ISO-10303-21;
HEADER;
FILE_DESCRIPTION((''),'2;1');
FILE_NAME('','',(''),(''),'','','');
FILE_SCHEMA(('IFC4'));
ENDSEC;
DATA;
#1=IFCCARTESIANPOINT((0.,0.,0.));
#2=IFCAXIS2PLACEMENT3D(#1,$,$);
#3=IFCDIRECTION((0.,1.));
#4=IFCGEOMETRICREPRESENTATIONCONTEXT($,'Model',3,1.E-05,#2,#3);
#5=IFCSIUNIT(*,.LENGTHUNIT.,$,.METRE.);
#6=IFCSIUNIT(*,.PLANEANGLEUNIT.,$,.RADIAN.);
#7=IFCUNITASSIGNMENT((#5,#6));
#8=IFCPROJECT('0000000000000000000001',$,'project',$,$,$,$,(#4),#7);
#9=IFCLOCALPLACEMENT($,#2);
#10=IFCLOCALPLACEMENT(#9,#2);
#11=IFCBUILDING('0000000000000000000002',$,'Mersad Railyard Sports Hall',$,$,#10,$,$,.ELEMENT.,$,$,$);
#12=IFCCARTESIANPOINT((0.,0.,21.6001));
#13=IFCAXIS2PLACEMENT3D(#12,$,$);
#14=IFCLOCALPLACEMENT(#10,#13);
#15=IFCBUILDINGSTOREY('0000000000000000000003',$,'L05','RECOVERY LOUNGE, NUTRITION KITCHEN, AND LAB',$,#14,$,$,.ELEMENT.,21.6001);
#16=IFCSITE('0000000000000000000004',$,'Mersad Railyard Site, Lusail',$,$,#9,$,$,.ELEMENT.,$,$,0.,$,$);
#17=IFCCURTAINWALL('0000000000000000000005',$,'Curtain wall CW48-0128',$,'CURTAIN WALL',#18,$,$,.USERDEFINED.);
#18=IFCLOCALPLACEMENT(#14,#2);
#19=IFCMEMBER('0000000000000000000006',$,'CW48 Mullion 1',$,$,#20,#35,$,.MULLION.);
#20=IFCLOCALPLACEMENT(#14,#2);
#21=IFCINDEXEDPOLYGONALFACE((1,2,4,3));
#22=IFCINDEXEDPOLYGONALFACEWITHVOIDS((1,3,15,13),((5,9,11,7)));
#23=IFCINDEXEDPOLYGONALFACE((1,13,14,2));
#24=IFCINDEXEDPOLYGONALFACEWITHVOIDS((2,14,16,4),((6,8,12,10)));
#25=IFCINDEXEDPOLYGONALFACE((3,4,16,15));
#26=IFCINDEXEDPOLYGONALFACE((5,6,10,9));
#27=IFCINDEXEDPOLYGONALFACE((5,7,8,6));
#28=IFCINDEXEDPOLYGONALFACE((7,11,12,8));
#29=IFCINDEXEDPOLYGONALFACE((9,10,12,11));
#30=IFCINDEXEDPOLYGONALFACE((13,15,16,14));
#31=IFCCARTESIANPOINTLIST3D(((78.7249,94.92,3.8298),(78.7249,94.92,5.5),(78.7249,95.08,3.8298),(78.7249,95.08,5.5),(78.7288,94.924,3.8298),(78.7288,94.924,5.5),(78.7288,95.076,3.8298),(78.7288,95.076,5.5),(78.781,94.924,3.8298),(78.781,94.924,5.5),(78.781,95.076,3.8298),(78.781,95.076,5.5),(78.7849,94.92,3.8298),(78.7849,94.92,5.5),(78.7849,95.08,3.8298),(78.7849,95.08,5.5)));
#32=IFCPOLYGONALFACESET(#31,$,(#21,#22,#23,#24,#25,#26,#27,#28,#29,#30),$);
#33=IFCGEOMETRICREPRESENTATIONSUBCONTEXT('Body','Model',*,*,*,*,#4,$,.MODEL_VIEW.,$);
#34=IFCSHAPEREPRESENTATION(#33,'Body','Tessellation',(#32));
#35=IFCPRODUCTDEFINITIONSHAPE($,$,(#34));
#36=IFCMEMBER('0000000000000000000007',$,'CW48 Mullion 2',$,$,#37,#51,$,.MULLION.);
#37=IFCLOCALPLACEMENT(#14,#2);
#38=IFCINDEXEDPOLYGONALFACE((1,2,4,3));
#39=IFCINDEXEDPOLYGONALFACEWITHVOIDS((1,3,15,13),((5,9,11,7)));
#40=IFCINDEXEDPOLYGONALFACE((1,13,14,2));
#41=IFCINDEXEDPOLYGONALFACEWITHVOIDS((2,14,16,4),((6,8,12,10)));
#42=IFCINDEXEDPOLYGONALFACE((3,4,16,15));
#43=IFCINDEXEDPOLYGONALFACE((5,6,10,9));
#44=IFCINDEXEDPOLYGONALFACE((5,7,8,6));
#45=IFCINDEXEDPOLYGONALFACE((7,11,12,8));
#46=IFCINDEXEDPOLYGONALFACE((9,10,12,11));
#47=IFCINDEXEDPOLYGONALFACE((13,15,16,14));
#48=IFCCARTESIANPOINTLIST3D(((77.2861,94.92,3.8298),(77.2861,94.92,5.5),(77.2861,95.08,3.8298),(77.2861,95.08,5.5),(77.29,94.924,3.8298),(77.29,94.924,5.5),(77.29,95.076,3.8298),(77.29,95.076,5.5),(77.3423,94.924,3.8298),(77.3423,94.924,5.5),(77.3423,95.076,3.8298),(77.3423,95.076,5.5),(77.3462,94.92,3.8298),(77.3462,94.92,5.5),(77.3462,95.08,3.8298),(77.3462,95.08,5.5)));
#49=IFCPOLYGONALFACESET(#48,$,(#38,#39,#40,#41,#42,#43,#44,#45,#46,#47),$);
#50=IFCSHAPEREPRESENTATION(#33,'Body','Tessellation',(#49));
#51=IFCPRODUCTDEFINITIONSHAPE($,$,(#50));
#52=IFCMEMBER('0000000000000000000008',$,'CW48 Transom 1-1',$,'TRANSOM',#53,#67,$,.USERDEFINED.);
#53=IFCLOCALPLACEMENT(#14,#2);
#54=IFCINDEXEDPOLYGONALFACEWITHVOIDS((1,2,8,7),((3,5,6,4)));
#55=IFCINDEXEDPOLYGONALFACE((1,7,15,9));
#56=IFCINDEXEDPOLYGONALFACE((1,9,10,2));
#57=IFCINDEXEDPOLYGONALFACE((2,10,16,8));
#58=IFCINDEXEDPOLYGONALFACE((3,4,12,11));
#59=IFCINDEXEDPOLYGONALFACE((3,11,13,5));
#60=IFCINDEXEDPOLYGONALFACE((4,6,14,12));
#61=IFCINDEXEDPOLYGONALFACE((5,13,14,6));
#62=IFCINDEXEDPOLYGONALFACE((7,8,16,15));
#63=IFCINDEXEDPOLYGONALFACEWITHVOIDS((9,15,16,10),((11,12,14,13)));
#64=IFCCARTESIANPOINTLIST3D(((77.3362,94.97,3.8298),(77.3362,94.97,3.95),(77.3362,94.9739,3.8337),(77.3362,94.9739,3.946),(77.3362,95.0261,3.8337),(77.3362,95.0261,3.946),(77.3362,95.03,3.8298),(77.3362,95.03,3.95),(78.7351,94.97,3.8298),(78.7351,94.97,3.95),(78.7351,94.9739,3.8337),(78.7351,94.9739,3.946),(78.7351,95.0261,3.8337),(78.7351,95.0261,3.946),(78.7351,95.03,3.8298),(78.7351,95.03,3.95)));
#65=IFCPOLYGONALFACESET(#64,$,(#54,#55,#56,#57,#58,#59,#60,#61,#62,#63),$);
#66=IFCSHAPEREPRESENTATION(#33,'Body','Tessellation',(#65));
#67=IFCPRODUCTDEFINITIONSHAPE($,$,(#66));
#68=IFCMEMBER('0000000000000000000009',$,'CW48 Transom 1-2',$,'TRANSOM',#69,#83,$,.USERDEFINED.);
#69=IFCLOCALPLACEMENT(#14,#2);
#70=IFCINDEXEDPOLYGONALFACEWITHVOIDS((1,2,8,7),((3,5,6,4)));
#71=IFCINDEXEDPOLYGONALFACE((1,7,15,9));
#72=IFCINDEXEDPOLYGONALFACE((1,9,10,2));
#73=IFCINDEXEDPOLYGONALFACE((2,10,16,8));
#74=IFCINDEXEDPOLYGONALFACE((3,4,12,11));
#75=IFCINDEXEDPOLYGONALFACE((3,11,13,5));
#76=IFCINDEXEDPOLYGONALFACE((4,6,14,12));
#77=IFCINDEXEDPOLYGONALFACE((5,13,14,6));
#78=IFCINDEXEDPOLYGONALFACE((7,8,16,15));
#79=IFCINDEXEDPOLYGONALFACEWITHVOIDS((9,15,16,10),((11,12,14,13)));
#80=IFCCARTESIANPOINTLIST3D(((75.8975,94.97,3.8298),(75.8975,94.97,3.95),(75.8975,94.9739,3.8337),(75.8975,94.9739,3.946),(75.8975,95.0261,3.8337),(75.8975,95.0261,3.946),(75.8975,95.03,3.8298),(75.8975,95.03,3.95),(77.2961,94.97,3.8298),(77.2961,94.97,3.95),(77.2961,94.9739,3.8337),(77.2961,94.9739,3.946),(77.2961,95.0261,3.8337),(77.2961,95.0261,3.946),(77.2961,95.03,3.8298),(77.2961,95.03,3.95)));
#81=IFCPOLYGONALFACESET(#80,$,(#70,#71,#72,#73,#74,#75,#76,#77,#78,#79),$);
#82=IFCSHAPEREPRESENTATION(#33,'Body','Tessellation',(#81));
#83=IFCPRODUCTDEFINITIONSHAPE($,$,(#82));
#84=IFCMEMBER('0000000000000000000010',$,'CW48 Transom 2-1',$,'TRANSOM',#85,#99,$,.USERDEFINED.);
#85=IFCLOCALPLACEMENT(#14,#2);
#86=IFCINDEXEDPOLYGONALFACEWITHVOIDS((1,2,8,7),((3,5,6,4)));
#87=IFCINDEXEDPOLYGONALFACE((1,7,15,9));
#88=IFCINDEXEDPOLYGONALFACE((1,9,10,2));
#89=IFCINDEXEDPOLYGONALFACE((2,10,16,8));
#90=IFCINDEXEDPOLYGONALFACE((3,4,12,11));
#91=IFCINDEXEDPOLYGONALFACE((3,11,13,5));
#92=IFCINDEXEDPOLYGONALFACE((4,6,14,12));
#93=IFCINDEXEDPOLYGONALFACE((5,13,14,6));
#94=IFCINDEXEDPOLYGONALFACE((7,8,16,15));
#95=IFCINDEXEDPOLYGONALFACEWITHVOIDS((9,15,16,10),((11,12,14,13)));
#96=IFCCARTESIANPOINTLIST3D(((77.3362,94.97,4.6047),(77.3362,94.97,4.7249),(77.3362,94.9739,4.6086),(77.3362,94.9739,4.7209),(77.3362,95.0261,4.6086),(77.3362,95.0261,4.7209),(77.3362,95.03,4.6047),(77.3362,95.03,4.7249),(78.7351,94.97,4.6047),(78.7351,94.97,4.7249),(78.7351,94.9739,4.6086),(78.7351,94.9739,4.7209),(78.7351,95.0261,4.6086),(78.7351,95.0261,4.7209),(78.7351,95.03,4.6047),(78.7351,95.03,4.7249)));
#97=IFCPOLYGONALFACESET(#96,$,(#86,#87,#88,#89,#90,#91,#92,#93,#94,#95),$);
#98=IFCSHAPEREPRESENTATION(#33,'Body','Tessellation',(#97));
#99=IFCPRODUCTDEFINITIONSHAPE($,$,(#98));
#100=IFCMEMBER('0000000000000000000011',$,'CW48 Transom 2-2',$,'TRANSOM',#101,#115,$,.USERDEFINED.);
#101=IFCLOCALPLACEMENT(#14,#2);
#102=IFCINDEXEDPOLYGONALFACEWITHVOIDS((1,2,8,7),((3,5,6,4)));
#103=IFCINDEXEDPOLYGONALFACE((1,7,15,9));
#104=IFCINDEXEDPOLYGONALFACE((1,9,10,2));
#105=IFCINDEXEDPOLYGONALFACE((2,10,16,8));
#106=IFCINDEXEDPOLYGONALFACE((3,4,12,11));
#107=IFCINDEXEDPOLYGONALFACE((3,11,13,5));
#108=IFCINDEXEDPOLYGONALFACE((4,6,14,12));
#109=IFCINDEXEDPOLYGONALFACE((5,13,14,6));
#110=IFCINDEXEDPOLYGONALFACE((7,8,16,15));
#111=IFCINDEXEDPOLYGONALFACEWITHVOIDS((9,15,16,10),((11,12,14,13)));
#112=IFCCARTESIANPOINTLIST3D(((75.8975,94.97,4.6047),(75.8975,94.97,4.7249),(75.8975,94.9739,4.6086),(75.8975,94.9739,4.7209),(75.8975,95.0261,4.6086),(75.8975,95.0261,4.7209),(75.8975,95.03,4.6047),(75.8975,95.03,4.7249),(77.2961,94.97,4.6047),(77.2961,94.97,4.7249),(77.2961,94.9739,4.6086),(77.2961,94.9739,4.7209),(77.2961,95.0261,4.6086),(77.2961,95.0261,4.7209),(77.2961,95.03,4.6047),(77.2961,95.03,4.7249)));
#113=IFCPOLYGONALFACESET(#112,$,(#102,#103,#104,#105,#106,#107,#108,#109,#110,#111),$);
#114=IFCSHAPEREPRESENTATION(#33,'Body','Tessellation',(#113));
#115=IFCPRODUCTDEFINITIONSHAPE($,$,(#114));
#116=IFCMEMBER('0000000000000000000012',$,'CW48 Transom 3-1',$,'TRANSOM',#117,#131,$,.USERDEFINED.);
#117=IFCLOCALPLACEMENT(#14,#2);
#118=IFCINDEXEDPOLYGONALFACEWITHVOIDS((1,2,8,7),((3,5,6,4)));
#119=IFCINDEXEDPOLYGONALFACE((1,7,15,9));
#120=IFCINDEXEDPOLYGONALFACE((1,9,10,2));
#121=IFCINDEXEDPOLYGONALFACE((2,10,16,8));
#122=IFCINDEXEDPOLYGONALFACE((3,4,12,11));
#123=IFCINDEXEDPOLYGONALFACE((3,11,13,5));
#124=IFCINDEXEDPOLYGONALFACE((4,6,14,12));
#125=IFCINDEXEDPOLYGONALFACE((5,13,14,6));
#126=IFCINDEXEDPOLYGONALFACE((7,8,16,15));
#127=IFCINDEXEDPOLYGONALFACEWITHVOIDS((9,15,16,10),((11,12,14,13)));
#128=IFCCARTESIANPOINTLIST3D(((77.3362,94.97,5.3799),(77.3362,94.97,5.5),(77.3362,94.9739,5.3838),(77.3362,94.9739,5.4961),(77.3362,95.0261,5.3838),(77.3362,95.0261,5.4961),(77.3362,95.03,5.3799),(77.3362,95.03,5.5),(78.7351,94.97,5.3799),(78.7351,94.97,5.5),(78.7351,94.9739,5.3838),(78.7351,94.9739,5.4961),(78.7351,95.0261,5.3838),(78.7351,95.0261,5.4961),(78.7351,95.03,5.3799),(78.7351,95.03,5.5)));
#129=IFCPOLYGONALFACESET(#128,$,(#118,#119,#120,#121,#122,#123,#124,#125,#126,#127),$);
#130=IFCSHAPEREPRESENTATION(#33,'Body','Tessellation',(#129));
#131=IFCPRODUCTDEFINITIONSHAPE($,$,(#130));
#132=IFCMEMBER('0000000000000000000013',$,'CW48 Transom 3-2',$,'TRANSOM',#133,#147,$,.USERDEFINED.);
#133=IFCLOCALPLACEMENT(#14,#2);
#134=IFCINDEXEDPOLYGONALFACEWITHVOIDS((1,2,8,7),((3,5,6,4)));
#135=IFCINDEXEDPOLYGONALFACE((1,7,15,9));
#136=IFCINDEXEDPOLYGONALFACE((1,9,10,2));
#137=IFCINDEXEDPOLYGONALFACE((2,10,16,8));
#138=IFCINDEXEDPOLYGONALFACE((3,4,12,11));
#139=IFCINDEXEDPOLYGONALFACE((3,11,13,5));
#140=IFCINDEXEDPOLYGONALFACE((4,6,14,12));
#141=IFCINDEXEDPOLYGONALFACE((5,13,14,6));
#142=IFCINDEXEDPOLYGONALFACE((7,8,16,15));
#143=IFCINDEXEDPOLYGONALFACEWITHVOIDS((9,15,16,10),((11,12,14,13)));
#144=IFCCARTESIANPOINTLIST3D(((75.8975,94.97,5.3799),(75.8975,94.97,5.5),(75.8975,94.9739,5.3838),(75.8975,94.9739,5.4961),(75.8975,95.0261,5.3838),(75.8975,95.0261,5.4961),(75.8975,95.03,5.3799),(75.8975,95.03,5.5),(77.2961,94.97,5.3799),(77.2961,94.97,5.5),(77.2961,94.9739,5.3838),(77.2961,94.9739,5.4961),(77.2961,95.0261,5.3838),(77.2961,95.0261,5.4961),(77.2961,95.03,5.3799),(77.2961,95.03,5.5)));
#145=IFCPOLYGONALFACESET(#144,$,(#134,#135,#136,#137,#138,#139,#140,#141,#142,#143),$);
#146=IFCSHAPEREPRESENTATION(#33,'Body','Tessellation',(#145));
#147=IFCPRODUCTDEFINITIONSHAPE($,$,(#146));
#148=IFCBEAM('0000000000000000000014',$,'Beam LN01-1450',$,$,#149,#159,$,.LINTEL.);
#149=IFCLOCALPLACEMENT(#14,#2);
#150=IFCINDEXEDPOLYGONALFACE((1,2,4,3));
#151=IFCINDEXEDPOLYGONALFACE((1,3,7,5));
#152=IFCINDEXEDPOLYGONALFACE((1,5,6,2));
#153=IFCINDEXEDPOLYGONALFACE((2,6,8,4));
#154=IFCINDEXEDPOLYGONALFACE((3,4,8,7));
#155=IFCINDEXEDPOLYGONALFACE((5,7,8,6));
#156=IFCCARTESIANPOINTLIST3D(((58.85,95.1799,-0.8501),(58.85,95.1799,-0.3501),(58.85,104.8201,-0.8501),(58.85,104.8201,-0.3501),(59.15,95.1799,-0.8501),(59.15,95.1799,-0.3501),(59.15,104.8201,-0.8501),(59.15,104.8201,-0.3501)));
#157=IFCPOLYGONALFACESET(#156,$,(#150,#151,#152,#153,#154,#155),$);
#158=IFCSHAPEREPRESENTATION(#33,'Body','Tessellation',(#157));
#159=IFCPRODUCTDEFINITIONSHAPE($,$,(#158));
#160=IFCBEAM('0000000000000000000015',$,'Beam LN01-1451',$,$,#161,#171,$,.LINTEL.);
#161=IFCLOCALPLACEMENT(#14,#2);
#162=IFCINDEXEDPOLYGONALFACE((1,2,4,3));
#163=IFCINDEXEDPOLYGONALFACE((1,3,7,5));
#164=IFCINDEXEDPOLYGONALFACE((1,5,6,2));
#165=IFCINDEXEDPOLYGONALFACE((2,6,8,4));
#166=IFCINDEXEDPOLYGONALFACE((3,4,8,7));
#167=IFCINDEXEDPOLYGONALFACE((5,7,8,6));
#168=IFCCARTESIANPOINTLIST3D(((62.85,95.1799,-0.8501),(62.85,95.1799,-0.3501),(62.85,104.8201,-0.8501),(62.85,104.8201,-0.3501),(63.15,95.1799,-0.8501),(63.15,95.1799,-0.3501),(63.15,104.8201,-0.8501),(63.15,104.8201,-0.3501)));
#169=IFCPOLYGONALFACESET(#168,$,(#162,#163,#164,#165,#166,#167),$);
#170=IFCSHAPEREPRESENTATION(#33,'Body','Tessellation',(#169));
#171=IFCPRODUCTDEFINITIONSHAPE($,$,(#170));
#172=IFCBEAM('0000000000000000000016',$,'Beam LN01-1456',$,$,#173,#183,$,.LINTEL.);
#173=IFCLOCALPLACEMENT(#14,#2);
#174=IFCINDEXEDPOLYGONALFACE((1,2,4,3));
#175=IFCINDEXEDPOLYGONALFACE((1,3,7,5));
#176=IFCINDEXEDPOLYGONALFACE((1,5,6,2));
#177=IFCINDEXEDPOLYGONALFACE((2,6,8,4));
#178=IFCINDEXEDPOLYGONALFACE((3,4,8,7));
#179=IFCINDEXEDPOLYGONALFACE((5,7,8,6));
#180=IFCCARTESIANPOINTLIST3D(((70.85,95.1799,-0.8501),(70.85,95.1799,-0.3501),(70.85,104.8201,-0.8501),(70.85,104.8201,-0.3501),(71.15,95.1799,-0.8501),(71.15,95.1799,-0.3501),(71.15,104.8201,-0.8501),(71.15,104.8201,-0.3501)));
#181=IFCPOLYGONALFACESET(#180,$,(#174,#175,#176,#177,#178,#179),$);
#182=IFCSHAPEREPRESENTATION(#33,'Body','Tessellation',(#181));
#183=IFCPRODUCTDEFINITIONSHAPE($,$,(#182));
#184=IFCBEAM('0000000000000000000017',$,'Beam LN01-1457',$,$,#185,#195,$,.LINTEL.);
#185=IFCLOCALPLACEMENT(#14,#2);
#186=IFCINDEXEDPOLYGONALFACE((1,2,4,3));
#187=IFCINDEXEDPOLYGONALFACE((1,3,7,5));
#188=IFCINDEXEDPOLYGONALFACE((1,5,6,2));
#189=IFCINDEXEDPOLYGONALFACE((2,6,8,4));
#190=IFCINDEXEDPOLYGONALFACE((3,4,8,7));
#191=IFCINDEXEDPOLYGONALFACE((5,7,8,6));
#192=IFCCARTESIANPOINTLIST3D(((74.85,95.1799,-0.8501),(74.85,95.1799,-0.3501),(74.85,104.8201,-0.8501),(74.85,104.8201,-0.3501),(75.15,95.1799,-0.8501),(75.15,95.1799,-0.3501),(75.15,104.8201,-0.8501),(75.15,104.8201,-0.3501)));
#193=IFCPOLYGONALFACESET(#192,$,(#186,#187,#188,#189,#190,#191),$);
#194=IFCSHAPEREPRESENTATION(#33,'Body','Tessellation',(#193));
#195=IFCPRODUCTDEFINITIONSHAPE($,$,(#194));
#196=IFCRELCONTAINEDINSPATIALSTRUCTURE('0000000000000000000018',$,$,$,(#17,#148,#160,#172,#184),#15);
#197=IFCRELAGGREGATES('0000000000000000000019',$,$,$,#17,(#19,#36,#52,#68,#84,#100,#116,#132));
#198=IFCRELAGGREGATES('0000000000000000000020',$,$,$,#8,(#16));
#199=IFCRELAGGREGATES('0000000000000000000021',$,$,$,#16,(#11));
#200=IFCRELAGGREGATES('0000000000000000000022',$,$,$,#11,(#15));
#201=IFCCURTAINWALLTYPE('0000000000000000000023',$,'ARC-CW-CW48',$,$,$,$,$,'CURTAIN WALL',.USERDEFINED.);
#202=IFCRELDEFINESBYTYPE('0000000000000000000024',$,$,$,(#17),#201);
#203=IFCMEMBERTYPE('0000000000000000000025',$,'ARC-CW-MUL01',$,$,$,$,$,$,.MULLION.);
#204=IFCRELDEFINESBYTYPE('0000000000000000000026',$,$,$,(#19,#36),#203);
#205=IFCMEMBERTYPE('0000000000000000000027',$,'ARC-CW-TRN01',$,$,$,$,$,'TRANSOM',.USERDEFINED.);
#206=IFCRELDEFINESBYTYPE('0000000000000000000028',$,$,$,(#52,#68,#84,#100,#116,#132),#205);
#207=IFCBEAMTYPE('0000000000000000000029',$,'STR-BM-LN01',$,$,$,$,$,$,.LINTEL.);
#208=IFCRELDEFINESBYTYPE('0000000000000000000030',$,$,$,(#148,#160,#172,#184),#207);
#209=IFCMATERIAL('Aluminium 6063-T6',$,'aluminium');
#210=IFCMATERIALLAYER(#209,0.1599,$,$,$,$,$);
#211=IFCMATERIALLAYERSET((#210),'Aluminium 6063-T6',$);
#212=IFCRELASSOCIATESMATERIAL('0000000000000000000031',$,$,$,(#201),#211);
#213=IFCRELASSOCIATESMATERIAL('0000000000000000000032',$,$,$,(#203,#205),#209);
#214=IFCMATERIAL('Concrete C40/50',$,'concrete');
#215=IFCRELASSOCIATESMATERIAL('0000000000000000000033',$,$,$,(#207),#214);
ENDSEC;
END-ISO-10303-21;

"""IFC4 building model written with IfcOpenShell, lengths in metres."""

from ifc_helpers import new_model, si_unit, direction, frame, origin, origin_2d, place, context, subcontext, project, spatial, rectangle, hollow_rectangle, extrude, material, layer, layer_set, material_profile, profile_set, type_object, element, aggregate, save


model = new_model("IFC4")

# Units and contexts
model_context = context("Model", 3, precision=1e-05, world=origin(), true_north=direction((0.0, 1.0)))
body_context = subcontext(model_context, "Body", "Model", "MODEL_VIEW")
ifc_project = project(units=[si_unit("LENGTHUNIT", "METRE"), si_unit("PLANEANGLEUNIT", "RADIAN")], contexts=[model_context])

# Site, building, storey
site_placement = place(None, origin())
site = spatial("IfcSite", under=ifc_project, at=site_placement, Name="Mersad Railyard Site, Lusail", CompositionType="ELEMENT", RefElevation=0.0)
building_placement = place(site_placement, origin())
building = spatial("IfcBuilding", under=site, at=building_placement, Name="Mersad Railyard Sports Hall", CompositionType="ELEMENT")
storey_placement = place(building_placement, frame((0.0, 0.0, 21.6001)))
storey = spatial("IfcBuildingStorey", under=building, at=storey_placement, Name="L05", Description="RECOVERY LOUNGE, NUTRITION KITCHEN, AND LAB", CompositionType="ELEMENT", Elevation=21.6001)

# Curtain wall, members
ifc_material_1 = material(Name="Aluminium 6063-T6", Category="aluminium")
ifc_layer_1 = layer(ifc_material_1, 0.1599)
ifc_layer_set_1 = layer_set([ifc_layer_1], Name="Aluminium 6063-T6")
curtain_wall_type = type_object("IfcCurtainWallType", Name="ARC-CW-CW48", ElementType="CURTAIN WALL", PredefinedType="USERDEFINED", material=ifc_layer_set_1)
curtain_wall_placement = place(storey_placement, origin())
curtain_wall = element("IfcCurtainWall", 1, at=curtain_wall_placement, inside=storey, type_object=curtain_wall_type, Name="Curtain wall CW48-0128", ObjectType="CURTAIN WALL", PredefinedType="USERDEFINED")
ifc_material_profile_1 = material_profile(ifc_material_1, hollow_rectangle(XDim=0.0601, YDim=0.1599, WallThickness=0.0039, at=origin_2d()), Name="AL MULLION 60x160x4")
ifc_profile_set_1 = profile_set([ifc_material_profile_1], Name="Aluminium 6063-T6")
member_type_1 = type_object("IfcMemberType", Name="ARC-CW-MUL01", PredefinedType="MULLION", material=ifc_profile_set_1)
member_1_placement = place(storey_placement, frame((78.7549, 95.0, 3.8298), z_axis=(0.0, 0.0, 1.0), x_axis=(1.0, 0.0, 0.0)))
member_1 = element("IfcMember", 2, at=member_1_placement, type_object=member_type_1, Name="CW48 Mullion 1", PredefinedType="MULLION", context=body_context, shape_type="SweptSolid", body=[
    extrude(hollow_rectangle(XDim=0.0601, YDim=0.1599, WallThickness=0.0039, at=origin_2d()), origin(), (0.0, 0.0, 1.0), 1.6702),
])
member_2_placement = place(storey_placement, frame((77.3162, 95.0, 3.8298), z_axis=(0.0, 0.0, 1.0), x_axis=(1.0, 0.0, 0.0)))
member_2 = element("IfcMember", 3, at=member_2_placement, type_object=member_type_1, Name="CW48 Mullion 2", PredefinedType="MULLION", context=body_context, shape_type="SweptSolid", body=[
    extrude(hollow_rectangle(XDim=0.0601, YDim=0.1599, WallThickness=0.0039, at=origin_2d()), origin(), (0.0, 0.0, 1.0), 1.6702),
])
ifc_material_profile_2 = material_profile(ifc_material_1, hollow_rectangle(XDim=0.0601, YDim=0.1201, WallThickness=0.0039, at=origin_2d()), Name="AL TRANSOM 60x120x4")
ifc_profile_set_2 = profile_set([ifc_material_profile_2], Name="Aluminium 6063-T6")
member_type_2 = type_object("IfcMemberType", Name="ARC-CW-TRN01", ElementType="TRANSOM", PredefinedType="USERDEFINED", material=ifc_profile_set_2)
member_3_placement = place(storey_placement, frame((78.7351, 95.0, 3.8899), z_axis=(-1.0, 0.0, 0.0), x_axis=(0.0, -1.0, 0.0)))
member_3 = element("IfcMember", 4, at=member_3_placement, type_object=member_type_2, Name="CW48 Transom 1-1", ObjectType="TRANSOM", PredefinedType="USERDEFINED", context=body_context, shape_type="SweptSolid", body=[
    extrude(hollow_rectangle(XDim=0.0601, YDim=0.1201, WallThickness=0.0039, at=origin_2d()), origin(), (0.0, 0.0, 1.0), 1.3989),
])
member_4_placement = place(storey_placement, frame((77.2961, 95.0, 3.8899), z_axis=(-1.0, 0.0, 0.0), x_axis=(0.0, -1.0, 0.0)))
member_4 = element("IfcMember", 5, at=member_4_placement, type_object=member_type_2, Name="CW48 Transom 1-2", ObjectType="TRANSOM", PredefinedType="USERDEFINED", context=body_context, shape_type="SweptSolid", body=[
    extrude(hollow_rectangle(XDim=0.0601, YDim=0.1201, WallThickness=0.0039, at=origin_2d()), origin(), (0.0, 0.0, 1.0), 1.3987),
])
member_5_placement = place(storey_placement, frame((78.7351, 95.0, 4.6648), z_axis=(-1.0, 0.0, 0.0), x_axis=(0.0, -1.0, 0.0)))
member_5 = element("IfcMember", 6, at=member_5_placement, type_object=member_type_2, Name="CW48 Transom 2-1", ObjectType="TRANSOM", PredefinedType="USERDEFINED", context=body_context, shape_type="SweptSolid", body=[
    extrude(hollow_rectangle(XDim=0.0601, YDim=0.1201, WallThickness=0.0039, at=origin_2d()), origin(), (0.0, 0.0, 1.0), 1.3989),
])
member_6_placement = place(storey_placement, frame((77.2961, 95.0, 4.6648), z_axis=(-1.0, 0.0, 0.0), x_axis=(0.0, -1.0, 0.0)))
member_6 = element("IfcMember", 7, at=member_6_placement, type_object=member_type_2, Name="CW48 Transom 2-2", ObjectType="TRANSOM", PredefinedType="USERDEFINED", context=body_context, shape_type="SweptSolid", body=[
    extrude(hollow_rectangle(XDim=0.0601, YDim=0.1201, WallThickness=0.0039, at=origin_2d()), origin(), (0.0, 0.0, 1.0), 1.3987),
])
member_7_placement = place(storey_placement, frame((78.7351, 95.0, 5.4399), z_axis=(-1.0, 0.0, 0.0), x_axis=(0.0, -1.0, 0.0)))
member_7 = element("IfcMember", 8, at=member_7_placement, type_object=member_type_2, Name="CW48 Transom 3-1", ObjectType="TRANSOM", PredefinedType="USERDEFINED", context=body_context, shape_type="SweptSolid", body=[
    extrude(hollow_rectangle(XDim=0.0601, YDim=0.1201, WallThickness=0.0039, at=origin_2d()), origin(), (0.0, 0.0, 1.0), 1.3989),
])
member_8_placement = place(storey_placement, frame((77.2961, 95.0, 5.4399), z_axis=(-1.0, 0.0, 0.0), x_axis=(0.0, -1.0, 0.0)))
member_8 = element("IfcMember", 9, at=member_8_placement, type_object=member_type_2, Name="CW48 Transom 3-2", ObjectType="TRANSOM", PredefinedType="USERDEFINED", context=body_context, shape_type="SweptSolid", body=[
    extrude(hollow_rectangle(XDim=0.0601, YDim=0.1201, WallThickness=0.0039, at=origin_2d()), origin(), (0.0, 0.0, 1.0), 1.3987),
])

# Beams
ifc_material_2 = material(Name="Concrete C40/50", Category="concrete")
ifc_material_profile_3 = material_profile(ifc_material_2, rectangle(XDim=0.3, YDim=0.5, at=origin_2d()), Name="RC 300x500")
ifc_profile_set_3 = profile_set([ifc_material_profile_3], Name="Concrete C40/50")
beam_type = type_object("IfcBeamType", Name="STR-BM-LN01", PredefinedType="LINTEL", material=ifc_profile_set_3)
for number, where, z_axis, x_axis, name in (
    (10, (59.0, 95.1799, -0.6001), (0.0, 1.0, 0.0), (-1.0, 0.0, 0.0), "Beam LN01-1450"),
    (11, (63.0, 95.1799, -0.6001), (0.0, 1.0, 0.0), (-1.0, 0.0, 0.0), "Beam LN01-1451"),
    (12, (71.0, 95.1799, -0.6001), (0.0, 1.0, 0.0), (-1.0, 0.0, 0.0), "Beam LN01-1456"),
    (13, (75.0, 95.1799, -0.6001), (0.0, 1.0, 0.0), (-1.0, 0.0, 0.0), "Beam LN01-1457"),
):
    element("IfcBeam", number, at=place(storey_placement, frame(where, z_axis=z_axis, x_axis=x_axis)), inside=storey, type_object=beam_type, Name=name, PredefinedType="LINTEL", context=body_context, shape_type="SweptSolid", body=[
        extrude(rectangle(XDim=0.3, YDim=0.5, at=origin_2d()), origin(), (0.0, 0.0, 1.0), 9.6401),
    ])

aggregate(curtain_wall, [member_1, member_2, member_3, member_4, member_5, member_6, member_7, member_8])

save(model, "model.ifc")
